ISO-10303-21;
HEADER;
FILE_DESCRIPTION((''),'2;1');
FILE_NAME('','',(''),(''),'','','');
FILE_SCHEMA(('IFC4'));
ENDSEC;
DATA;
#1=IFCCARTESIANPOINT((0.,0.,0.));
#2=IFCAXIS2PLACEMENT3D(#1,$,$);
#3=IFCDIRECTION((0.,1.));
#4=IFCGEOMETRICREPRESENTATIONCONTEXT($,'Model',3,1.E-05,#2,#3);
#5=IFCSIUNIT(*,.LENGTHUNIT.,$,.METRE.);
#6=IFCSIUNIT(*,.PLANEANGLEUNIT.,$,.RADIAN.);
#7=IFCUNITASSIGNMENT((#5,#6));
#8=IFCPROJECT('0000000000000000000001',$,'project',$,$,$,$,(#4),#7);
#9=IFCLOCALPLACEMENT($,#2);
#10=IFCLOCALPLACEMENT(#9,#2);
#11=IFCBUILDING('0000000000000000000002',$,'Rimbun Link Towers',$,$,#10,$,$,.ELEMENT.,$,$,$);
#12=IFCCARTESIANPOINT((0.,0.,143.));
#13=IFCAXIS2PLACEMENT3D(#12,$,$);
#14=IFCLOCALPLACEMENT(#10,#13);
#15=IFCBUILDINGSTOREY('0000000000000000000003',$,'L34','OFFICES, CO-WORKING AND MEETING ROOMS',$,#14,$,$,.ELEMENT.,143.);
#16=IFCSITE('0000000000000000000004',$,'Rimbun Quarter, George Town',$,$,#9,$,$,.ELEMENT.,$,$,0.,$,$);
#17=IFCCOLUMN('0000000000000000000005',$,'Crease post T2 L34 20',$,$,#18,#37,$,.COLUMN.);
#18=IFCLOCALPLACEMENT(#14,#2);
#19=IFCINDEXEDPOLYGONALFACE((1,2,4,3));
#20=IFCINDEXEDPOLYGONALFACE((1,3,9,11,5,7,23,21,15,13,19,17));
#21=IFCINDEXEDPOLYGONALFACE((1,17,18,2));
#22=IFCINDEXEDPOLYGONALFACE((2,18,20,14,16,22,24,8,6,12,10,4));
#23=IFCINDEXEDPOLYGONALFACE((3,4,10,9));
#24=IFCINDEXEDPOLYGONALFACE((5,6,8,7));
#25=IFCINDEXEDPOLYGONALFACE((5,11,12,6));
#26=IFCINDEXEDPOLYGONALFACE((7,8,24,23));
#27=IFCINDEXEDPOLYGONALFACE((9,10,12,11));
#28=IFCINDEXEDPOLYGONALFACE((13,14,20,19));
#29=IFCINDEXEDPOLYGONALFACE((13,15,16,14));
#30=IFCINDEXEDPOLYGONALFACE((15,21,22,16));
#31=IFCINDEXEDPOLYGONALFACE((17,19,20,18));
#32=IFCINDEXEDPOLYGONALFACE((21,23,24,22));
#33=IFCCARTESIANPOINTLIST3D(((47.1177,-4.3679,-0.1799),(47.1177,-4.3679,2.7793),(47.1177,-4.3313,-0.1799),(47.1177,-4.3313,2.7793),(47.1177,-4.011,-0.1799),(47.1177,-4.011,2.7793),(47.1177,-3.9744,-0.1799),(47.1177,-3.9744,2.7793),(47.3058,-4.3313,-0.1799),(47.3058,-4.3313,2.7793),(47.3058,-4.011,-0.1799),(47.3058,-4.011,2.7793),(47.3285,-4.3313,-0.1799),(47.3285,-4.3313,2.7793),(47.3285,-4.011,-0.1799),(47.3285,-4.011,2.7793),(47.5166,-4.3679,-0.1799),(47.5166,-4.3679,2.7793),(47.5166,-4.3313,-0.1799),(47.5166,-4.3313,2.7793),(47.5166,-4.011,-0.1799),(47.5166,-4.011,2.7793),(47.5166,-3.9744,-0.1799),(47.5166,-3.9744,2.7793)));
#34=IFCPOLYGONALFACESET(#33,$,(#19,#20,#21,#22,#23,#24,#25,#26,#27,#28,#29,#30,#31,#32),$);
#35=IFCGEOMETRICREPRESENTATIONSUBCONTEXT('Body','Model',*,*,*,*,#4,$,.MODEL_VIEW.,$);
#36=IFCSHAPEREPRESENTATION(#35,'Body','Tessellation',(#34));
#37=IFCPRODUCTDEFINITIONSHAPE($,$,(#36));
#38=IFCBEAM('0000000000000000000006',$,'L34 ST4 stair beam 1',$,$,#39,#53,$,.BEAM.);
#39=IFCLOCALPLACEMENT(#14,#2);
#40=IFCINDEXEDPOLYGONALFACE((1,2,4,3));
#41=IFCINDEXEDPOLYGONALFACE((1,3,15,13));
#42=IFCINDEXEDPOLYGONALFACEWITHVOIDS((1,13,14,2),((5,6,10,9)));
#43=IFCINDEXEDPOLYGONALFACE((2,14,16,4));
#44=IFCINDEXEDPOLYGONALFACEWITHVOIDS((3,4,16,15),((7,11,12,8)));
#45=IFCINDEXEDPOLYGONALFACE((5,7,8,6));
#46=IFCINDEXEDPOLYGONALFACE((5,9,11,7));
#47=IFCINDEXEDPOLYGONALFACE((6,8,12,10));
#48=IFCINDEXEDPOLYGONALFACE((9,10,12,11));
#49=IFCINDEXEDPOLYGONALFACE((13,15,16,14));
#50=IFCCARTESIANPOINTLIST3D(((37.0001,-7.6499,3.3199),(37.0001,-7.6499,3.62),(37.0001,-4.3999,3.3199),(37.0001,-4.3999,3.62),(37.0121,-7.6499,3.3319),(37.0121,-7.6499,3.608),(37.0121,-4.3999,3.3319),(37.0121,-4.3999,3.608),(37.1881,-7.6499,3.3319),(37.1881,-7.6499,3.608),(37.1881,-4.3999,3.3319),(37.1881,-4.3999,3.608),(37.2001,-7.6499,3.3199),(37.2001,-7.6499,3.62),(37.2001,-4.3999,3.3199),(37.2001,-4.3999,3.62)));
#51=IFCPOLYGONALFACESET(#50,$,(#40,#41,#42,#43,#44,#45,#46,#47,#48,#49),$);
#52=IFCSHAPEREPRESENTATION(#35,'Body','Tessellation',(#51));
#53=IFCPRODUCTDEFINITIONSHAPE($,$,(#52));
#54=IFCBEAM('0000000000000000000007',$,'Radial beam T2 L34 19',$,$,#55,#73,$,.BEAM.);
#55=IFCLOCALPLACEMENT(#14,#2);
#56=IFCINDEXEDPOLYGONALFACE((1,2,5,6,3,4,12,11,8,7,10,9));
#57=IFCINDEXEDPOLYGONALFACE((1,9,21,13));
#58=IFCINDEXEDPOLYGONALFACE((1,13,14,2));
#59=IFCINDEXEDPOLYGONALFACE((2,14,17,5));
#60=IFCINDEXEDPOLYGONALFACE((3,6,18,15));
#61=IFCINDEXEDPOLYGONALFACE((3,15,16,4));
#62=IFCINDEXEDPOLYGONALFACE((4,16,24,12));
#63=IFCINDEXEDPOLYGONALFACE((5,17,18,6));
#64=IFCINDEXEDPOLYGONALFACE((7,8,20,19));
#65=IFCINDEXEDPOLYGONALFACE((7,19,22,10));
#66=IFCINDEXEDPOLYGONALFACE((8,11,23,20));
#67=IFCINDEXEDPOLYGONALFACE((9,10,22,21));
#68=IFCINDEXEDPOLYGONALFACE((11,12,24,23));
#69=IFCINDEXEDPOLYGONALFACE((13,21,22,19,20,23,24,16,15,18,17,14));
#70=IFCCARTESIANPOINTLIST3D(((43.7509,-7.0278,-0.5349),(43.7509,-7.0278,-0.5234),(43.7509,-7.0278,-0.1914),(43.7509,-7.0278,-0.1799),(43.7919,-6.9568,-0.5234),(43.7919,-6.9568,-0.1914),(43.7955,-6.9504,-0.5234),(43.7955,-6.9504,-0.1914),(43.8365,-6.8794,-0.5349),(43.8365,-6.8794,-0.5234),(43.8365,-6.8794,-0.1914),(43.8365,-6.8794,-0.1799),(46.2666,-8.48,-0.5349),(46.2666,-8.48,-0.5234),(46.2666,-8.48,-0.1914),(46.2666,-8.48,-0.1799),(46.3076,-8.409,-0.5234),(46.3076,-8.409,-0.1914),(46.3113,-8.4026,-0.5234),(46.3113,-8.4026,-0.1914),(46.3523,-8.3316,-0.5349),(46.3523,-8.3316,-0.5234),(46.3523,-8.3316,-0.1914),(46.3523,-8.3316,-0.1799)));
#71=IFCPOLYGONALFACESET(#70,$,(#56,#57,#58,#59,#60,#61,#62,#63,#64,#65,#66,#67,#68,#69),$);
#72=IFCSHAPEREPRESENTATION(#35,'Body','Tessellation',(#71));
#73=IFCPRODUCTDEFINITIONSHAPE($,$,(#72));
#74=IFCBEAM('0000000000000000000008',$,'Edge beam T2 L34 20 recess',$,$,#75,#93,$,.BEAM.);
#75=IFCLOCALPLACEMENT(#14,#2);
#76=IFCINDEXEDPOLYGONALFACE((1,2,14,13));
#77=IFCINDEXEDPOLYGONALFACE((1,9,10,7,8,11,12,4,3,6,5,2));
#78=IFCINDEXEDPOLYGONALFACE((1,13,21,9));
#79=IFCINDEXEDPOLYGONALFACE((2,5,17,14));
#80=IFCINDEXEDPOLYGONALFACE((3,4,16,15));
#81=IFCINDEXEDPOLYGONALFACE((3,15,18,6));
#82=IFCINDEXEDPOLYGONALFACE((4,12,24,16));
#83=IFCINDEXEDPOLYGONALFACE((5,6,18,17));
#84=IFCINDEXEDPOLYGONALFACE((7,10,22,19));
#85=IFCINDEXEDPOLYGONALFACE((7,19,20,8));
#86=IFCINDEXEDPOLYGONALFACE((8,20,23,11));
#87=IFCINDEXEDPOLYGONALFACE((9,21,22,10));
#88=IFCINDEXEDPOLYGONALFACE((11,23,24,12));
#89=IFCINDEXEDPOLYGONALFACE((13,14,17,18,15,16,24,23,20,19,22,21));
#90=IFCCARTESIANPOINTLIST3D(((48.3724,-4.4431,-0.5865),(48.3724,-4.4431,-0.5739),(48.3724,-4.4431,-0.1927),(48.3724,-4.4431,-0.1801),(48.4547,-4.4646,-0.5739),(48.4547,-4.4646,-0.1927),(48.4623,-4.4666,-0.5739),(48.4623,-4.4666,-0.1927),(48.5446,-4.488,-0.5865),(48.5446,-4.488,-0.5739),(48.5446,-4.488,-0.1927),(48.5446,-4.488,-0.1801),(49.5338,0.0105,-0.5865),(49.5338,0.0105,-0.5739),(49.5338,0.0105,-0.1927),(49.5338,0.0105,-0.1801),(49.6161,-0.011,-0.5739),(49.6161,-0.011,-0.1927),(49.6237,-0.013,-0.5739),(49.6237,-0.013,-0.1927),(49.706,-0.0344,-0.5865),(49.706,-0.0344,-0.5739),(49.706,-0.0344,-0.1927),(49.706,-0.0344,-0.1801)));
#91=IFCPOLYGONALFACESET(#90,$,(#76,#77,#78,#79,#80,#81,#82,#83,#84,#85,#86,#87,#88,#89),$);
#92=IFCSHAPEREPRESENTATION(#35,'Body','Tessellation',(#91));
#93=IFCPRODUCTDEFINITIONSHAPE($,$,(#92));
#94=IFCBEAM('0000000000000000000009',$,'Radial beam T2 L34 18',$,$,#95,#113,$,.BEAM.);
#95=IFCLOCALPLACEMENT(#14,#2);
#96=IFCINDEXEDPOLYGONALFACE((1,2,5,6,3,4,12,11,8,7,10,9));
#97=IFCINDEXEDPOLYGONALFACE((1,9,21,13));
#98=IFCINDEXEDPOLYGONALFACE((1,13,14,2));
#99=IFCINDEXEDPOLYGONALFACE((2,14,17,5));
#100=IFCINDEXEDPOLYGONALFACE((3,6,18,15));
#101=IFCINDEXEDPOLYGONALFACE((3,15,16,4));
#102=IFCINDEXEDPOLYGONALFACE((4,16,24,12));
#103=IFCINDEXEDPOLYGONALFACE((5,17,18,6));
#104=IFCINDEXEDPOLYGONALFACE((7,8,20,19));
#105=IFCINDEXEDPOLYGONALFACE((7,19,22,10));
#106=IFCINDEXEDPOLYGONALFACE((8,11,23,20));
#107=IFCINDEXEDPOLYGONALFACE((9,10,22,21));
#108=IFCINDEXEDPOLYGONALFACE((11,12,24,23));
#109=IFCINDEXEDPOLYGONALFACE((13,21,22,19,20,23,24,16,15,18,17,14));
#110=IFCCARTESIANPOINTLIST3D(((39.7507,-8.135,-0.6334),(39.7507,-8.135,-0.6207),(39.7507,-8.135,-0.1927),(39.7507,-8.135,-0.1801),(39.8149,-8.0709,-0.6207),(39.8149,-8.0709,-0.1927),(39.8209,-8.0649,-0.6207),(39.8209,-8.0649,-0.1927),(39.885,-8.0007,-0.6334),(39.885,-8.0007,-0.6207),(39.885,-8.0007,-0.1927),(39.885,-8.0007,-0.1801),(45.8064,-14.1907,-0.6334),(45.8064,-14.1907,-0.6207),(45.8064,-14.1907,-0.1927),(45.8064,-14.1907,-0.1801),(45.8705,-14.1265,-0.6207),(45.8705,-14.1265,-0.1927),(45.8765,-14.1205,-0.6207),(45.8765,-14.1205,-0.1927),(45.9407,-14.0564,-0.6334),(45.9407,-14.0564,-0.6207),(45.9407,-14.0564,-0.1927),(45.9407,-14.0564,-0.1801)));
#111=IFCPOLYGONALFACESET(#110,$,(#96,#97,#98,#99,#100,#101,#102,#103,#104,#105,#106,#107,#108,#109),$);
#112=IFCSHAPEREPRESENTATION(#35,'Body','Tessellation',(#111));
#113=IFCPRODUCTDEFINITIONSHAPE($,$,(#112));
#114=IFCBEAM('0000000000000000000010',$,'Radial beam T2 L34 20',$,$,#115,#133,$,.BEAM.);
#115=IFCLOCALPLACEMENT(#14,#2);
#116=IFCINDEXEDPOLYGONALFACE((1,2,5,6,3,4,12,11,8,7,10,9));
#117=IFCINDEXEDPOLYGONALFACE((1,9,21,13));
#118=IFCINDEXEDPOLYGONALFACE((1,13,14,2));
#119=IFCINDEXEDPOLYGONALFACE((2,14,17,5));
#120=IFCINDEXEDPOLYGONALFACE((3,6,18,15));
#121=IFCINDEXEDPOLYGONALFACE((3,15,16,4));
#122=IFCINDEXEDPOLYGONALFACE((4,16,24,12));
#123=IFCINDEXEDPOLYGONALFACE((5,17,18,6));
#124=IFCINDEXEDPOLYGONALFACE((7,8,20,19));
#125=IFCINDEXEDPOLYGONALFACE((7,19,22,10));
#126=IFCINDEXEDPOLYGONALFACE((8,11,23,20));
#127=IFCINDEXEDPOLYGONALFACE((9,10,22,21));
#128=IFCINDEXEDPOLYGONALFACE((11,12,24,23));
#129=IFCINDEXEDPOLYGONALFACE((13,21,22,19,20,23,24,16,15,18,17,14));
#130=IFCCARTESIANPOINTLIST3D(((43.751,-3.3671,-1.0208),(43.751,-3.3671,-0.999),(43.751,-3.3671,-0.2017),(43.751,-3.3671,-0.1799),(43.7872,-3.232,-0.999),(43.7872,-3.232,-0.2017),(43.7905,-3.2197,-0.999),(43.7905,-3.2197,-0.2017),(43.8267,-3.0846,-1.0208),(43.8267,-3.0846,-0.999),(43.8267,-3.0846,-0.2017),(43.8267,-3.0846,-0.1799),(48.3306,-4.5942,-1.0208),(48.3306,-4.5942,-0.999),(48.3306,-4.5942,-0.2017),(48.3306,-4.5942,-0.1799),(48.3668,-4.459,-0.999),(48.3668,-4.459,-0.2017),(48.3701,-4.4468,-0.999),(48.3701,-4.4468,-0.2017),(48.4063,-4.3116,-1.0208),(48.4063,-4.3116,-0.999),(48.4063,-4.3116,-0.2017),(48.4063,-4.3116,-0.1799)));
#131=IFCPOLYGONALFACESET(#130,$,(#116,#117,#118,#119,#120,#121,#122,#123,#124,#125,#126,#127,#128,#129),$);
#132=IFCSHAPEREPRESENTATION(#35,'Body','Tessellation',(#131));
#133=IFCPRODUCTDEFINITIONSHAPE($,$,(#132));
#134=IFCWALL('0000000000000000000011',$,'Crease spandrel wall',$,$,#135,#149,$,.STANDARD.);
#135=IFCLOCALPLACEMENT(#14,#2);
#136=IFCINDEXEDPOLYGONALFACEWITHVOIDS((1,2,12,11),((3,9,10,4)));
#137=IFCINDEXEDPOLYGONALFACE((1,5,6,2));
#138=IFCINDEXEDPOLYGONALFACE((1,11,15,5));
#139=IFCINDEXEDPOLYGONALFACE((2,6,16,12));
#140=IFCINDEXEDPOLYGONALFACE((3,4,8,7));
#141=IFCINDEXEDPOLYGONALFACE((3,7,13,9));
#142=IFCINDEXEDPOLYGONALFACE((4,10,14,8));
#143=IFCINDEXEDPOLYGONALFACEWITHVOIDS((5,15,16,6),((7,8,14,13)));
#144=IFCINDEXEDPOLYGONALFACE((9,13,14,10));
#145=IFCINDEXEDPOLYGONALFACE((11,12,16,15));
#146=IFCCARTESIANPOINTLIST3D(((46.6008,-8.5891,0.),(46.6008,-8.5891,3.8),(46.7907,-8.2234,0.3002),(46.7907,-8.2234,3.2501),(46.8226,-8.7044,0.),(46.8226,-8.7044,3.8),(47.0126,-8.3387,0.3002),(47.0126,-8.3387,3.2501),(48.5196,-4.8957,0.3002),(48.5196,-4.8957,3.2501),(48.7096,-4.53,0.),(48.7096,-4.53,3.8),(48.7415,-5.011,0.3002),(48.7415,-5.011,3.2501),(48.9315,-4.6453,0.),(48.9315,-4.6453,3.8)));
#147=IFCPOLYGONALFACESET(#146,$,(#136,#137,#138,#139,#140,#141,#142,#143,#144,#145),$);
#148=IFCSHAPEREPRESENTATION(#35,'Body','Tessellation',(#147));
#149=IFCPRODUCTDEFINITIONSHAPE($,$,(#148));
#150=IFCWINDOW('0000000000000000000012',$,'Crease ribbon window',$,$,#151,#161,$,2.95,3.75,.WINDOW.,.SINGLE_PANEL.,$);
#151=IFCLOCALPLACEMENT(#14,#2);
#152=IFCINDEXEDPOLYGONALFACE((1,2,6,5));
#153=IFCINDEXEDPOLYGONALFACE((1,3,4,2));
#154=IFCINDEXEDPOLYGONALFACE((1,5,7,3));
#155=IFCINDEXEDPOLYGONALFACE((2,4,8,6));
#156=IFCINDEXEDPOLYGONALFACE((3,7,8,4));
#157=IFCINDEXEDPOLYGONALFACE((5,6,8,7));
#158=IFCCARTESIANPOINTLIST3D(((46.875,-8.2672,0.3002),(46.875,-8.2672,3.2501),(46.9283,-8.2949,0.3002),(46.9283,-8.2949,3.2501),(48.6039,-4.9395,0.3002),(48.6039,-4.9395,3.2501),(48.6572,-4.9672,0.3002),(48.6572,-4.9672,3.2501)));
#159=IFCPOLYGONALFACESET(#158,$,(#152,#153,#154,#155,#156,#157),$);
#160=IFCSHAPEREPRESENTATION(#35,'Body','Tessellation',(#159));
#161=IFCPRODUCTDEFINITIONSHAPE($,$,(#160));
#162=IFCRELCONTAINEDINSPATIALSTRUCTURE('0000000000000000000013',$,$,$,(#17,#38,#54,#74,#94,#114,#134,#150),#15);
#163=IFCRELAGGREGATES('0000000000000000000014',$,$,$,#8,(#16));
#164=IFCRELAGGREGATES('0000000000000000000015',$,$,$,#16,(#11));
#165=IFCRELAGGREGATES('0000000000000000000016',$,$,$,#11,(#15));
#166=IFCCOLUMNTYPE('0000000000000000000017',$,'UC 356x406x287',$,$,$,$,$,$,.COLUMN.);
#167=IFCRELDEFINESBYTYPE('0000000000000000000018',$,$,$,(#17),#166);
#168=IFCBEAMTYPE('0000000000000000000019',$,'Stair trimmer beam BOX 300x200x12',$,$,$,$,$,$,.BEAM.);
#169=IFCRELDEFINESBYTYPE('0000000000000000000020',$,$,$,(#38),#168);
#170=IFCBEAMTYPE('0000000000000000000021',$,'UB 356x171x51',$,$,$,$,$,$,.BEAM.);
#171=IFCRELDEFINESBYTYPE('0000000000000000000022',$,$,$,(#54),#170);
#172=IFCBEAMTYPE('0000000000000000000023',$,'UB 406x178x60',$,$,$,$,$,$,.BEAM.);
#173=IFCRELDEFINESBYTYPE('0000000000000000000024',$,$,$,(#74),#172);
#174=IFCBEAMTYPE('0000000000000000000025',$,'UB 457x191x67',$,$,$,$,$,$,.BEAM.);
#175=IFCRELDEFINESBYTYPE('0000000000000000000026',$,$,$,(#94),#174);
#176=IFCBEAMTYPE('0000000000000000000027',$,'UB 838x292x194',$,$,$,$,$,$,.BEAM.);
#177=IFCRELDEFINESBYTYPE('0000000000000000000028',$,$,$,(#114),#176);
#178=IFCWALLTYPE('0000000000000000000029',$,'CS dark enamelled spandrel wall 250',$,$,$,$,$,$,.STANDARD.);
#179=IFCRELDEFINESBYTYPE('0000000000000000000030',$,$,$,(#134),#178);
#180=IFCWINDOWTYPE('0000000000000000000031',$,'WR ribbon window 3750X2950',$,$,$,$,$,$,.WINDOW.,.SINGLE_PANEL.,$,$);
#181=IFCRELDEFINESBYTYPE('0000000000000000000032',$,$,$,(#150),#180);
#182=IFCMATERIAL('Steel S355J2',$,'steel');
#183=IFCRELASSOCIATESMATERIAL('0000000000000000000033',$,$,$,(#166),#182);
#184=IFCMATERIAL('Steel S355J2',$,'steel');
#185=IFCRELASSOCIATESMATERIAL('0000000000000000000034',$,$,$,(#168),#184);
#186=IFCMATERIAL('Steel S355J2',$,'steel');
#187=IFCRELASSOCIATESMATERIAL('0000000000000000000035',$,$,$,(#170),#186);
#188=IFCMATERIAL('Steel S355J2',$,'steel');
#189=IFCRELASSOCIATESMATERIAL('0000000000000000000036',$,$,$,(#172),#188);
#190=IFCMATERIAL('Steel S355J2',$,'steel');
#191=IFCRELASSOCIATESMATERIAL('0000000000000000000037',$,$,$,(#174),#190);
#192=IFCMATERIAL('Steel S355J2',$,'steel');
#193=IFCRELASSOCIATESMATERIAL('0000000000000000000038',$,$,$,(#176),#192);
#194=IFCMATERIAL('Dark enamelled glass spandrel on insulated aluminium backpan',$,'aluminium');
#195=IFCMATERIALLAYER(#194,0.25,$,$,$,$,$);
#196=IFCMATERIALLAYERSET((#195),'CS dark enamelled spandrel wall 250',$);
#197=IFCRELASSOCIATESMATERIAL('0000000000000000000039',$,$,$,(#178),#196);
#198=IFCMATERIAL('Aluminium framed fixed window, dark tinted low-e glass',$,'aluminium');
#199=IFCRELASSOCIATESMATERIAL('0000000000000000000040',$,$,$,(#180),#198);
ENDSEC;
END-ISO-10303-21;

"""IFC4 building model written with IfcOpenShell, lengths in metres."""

from ifc_helpers import new_model, si_unit, direction, frame, frame_2d, origin, origin_2d, place, context, subcontext, project, spatial, rectangle, hollow_rectangle, i_section, extrude, material, layer, layer_set, material_profile, profile_set, type_object, element, fill, save


model = new_model("IFC4")

# Units and contexts
model_context = context("Model", 3, precision=1e-05, world=origin(), true_north=direction((0.0, 1.0)))
body_context = subcontext(model_context, "Body", "Model", "MODEL_VIEW")
ifc_project = project(units=[si_unit("LENGTHUNIT", "METRE"), si_unit("PLANEANGLEUNIT", "RADIAN")], contexts=[model_context])

# Site, building, storey
site_placement = place(None, origin())
site = spatial("IfcSite", under=ifc_project, at=site_placement, Name="Rimbun Quarter, George Town", CompositionType="ELEMENT", RefElevation=0.0)
building_placement = place(site_placement, origin())
building = spatial("IfcBuilding", under=site, at=building_placement, Name="Rimbun Link Towers", CompositionType="ELEMENT")
storey_placement = place(building_placement, frame((0.0, 0.0, 143.0)))
storey = spatial("IfcBuildingStorey", under=building, at=storey_placement, Name="L34", Description="OFFICES, CO-WORKING AND MEETING ROOMS", CompositionType="ELEMENT", Elevation=143.0)

# Column
ifc_material_1 = material(Name="Steel S355J2", Category="steel")
ifc_material_profile_1 = material_profile(ifc_material_1, i_section(OverallWidth=0.3989, OverallDepth=0.3936, WebThickness=0.0227, FlangeThickness=0.0366, at=origin_2d()), Name="UC 356x406x287")
ifc_profile_set_1 = profile_set([ifc_material_profile_1], Name="Steel S355J2")
column_type = type_object("IfcColumnType", Name="UC 356x406x287", PredefinedType="COLUMN", material=ifc_profile_set_1)
column_placement = place(storey_placement, frame((47.3171, -4.1711, -0.1799), z_axis=(0.0, 0.0, 1.0), x_axis=(1.0, 0.0, 0.0)))
element("IfcColumn", 1, at=column_placement, inside=storey, type_object=column_type, Name="Crease post T2 L34 20", PredefinedType="COLUMN", context=body_context, shape_type="SweptSolid", body=[
    extrude(i_section(OverallWidth=0.3989, OverallDepth=0.3936, WebThickness=0.0227, FlangeThickness=0.0366, at=origin_2d()), origin(), (0.0, 0.0, 1.0), 2.9592),
])

# Beams
ifc_material_2 = material(Name="Steel S355J2", Category="steel")
ifc_material_profile_2 = material_profile(ifc_material_2, hollow_rectangle(XDim=0.2, YDim=0.3, WallThickness=0.012, at=origin_2d()), Name="BOX 300x200x12")
ifc_profile_set_2 = profile_set([ifc_material_profile_2], Name="Steel S355J2")
beam_type_1 = type_object("IfcBeamType", Name="Stair trimmer beam BOX 300x200x12", PredefinedType="BEAM", material=ifc_profile_set_2)
beam_1_placement = place(storey_placement, frame((37.1001, -7.6499, 3.47), z_axis=(0.0, 1.0, 0.0), x_axis=(-1.0, 0.0, 0.0)))
element("IfcBeam", 2, at=beam_1_placement, inside=storey, type_object=beam_type_1, Name="L34 ST4 stair beam 1", PredefinedType="BEAM", context=body_context, shape_type="SweptSolid", body=[
    extrude(hollow_rectangle(XDim=0.2, YDim=0.3, WallThickness=0.012, at=origin_2d()), origin(), (0.0, 0.0, 1.0), 3.25),
])
ifc_material_3 = material(Name="Steel S355J2", Category="steel")
ifc_material_profile_3 = material_profile(ifc_material_3, i_section(OverallWidth=0.1714, OverallDepth=0.355, WebThickness=0.0073, FlangeThickness=0.0115, at=origin_2d()), Name="UB 356x171x51")
ifc_profile_set_3 = profile_set([ifc_material_profile_3], Name="Steel S355J2")
beam_type_2 = type_object("IfcBeamType", Name="UB 356x171x51", PredefinedType="BEAM", material=ifc_profile_set_3)
beam_2_placement = place(storey_placement, frame((43.7937, -6.9536, -0.3574), z_axis=(0.866062, -0.499936, 0.0), x_axis=(0.499936, 0.866062, 0.0)))
element("IfcBeam", 3, at=beam_2_placement, inside=storey, type_object=beam_type_2, Name="Radial beam T2 L34 19", PredefinedType="BEAM", context=body_context, shape_type="SweptSolid", body=[
    extrude(i_section(OverallWidth=0.1714, OverallDepth=0.355, WebThickness=0.0073, FlangeThickness=0.0115, at=origin_2d()), origin(), (0.0, 0.0, 1.0), 2.9048),
])
ifc_material_4 = material(Name="Steel S355J2", Category="steel")
ifc_material_profile_4 = material_profile(ifc_material_4, i_section(OverallWidth=0.178, OverallDepth=0.4065, WebThickness=0.0078, FlangeThickness=0.0127, at=origin_2d()), Name="UB 406x178x60")
ifc_profile_set_4 = profile_set([ifc_material_profile_4], Name="Steel S355J2")
beam_type_3 = type_object("IfcBeamType", Name="UB 406x178x60", PredefinedType="BEAM", material=ifc_profile_set_4)
beam_3_placement = place(storey_placement, frame((48.4585, -4.4656, -0.3833), z_axis=(0.252333, 0.96764, 0.0), x_axis=(-0.96764, 0.252333, 0.0)))
element("IfcBeam", 4, at=beam_3_placement, inside=storey, type_object=beam_type_3, Name="Edge beam T2 L34 20 recess", PredefinedType="BEAM", context=body_context, shape_type="SweptSolid", body=[
    extrude(i_section(OverallWidth=0.178, OverallDepth=0.4065, WebThickness=0.0078, FlangeThickness=0.0127, at=origin_2d()), origin(), (0.0, 0.0, 1.0), 4.6025),
])
ifc_material_5 = material(Name="Steel S355J2", Category="steel")
ifc_material_profile_5 = material_profile(ifc_material_5, i_section(OverallWidth=0.1899, OverallDepth=0.4534, WebThickness=0.0085, FlangeThickness=0.0127, at=origin_2d()), Name="UB 457x191x67")
ifc_profile_set_5 = profile_set([ifc_material_profile_5], Name="Steel S355J2")
beam_type_4 = type_object("IfcBeamType", Name="UB 457x191x67", PredefinedType="BEAM", material=ifc_profile_set_5)
beam_4_placement = place(storey_placement, frame((39.8179, -8.0679, -0.4067), z_axis=(0.707107, -0.707107, 0.0), x_axis=(0.707107, 0.707107, 0.0)))
element("IfcBeam", 5, at=beam_4_placement, inside=storey, type_object=beam_type_4, Name="Radial beam T2 L34 18", PredefinedType="BEAM", context=body_context, shape_type="SweptSolid", body=[
    extrude(i_section(OverallWidth=0.1899, OverallDepth=0.4534, WebThickness=0.0085, FlangeThickness=0.0127, at=origin_2d()), origin(), (0.0, 0.0, 1.0), 8.564),
])
ifc_material_6 = material(Name="Steel S355J2", Category="steel")
ifc_material_profile_6 = material_profile(ifc_material_6, i_section(OverallWidth=0.2925, OverallDepth=0.8408, WebThickness=0.0127, FlangeThickness=0.0217, at=origin_2d()), Name="UB 838x292x194")
ifc_profile_set_6 = profile_set([ifc_material_profile_6], Name="Steel S355J2")
beam_type_5 = type_object("IfcBeamType", Name="UB 838x292x194", PredefinedType="BEAM", material=ifc_profile_set_6)
beam_5_placement = place(storey_placement, frame((43.7888, -3.2258, -0.6003), z_axis=(0.965928, -0.25881, 0.0), x_axis=(0.25881, 0.965928, 0.0)))
element("IfcBeam", 6, at=beam_5_placement, inside=storey, type_object=beam_type_5, Name="Radial beam T2 L34 20", PredefinedType="BEAM", context=body_context, shape_type="SweptSolid", body=[
    extrude(i_section(OverallWidth=0.2925, OverallDepth=0.8408, WebThickness=0.0127, FlangeThickness=0.0217, at=origin_2d()), origin(), (0.0, 0.0, 1.0), 4.7412),
])

# Wall, opening, window
ifc_material_7 = material(Name="Dark enamelled glass spandrel on insulated aluminium backpan", Category="aluminium")
ifc_layer_1 = layer(ifc_material_7, 0.25)
ifc_layer_set_1 = layer_set([ifc_layer_1], Name="CS dark enamelled spandrel wall 250")
wall_type_1 = type_object("IfcWallType", Name="CS dark enamelled spandrel wall 250", PredefinedType="STANDARD", material=ifc_layer_set_1)
wall_1_placement = place(storey_placement, frame((48.8206, -4.5876, 0.0), z_axis=(0.0, 0.0, 1.0), x_axis=(-0.461037, -0.887381, 0.0)))
wall_1 = element("IfcWall", 7, at=wall_1_placement, inside=storey, type_object=wall_type_1, Name="Crease spandrel wall", PredefinedType="STANDARD", context=body_context, shape_type="SweptSolid", body=[
    extrude(rectangle(XDim=4.5742, YDim=0.25, at=frame_2d((2.2871, 0.0))), origin(), (0.0, 0.0, 1.0), 3.8),
])
opening_1_placement = place(wall_1_placement, frame((0.4121, 0.0, 0.3)))
opening_1 = element("IfcOpeningElement", 8, at=opening_1_placement, cuts=wall_1, PredefinedType="OPENING", context=body_context, shape_type="SweptSolid", body=[
    extrude(rectangle(XDim=3.75, YDim=2.95, at=frame_2d((1.875, 1.4751))), frame((0.0, 0.135, 0.0), z_axis=(0.0, -1.0, 0.0), x_axis=(1.0, 0.0, 0.0)), (0.0, 0.0, 1.0), 0.27),
])
ifc_material_8 = material(Name="Aluminium framed fixed window, dark tinted low-e glass", Category="aluminium")
window_type = type_object("IfcWindowType", Name="WR ribbon window 3750X2950", PartitioningType="SINGLE_PANEL", PredefinedType="WINDOW", material=ifc_material_8)
window_placement = place(opening_1_placement, origin())
window = element("IfcWindow", 9, at=window_placement, inside=storey, type_object=window_type, Name="Crease ribbon window", OverallHeight=2.95, OverallWidth=3.75, PartitioningType="SINGLE_PANEL", PredefinedType="WINDOW", context=body_context, shape_type="SweptSolid", body=[
    extrude(rectangle(XDim=3.75, YDim=2.95, at=frame_2d((1.875, 1.4751))), frame((0.0, 0.03, 0.0), z_axis=(0.0, -1.0, 0.0), x_axis=(1.0, 0.0, 0.0)), (0.0, 0.0, 1.0), 0.0601),
])
fill(opening_1, window)

save(model, "model.ifc")
